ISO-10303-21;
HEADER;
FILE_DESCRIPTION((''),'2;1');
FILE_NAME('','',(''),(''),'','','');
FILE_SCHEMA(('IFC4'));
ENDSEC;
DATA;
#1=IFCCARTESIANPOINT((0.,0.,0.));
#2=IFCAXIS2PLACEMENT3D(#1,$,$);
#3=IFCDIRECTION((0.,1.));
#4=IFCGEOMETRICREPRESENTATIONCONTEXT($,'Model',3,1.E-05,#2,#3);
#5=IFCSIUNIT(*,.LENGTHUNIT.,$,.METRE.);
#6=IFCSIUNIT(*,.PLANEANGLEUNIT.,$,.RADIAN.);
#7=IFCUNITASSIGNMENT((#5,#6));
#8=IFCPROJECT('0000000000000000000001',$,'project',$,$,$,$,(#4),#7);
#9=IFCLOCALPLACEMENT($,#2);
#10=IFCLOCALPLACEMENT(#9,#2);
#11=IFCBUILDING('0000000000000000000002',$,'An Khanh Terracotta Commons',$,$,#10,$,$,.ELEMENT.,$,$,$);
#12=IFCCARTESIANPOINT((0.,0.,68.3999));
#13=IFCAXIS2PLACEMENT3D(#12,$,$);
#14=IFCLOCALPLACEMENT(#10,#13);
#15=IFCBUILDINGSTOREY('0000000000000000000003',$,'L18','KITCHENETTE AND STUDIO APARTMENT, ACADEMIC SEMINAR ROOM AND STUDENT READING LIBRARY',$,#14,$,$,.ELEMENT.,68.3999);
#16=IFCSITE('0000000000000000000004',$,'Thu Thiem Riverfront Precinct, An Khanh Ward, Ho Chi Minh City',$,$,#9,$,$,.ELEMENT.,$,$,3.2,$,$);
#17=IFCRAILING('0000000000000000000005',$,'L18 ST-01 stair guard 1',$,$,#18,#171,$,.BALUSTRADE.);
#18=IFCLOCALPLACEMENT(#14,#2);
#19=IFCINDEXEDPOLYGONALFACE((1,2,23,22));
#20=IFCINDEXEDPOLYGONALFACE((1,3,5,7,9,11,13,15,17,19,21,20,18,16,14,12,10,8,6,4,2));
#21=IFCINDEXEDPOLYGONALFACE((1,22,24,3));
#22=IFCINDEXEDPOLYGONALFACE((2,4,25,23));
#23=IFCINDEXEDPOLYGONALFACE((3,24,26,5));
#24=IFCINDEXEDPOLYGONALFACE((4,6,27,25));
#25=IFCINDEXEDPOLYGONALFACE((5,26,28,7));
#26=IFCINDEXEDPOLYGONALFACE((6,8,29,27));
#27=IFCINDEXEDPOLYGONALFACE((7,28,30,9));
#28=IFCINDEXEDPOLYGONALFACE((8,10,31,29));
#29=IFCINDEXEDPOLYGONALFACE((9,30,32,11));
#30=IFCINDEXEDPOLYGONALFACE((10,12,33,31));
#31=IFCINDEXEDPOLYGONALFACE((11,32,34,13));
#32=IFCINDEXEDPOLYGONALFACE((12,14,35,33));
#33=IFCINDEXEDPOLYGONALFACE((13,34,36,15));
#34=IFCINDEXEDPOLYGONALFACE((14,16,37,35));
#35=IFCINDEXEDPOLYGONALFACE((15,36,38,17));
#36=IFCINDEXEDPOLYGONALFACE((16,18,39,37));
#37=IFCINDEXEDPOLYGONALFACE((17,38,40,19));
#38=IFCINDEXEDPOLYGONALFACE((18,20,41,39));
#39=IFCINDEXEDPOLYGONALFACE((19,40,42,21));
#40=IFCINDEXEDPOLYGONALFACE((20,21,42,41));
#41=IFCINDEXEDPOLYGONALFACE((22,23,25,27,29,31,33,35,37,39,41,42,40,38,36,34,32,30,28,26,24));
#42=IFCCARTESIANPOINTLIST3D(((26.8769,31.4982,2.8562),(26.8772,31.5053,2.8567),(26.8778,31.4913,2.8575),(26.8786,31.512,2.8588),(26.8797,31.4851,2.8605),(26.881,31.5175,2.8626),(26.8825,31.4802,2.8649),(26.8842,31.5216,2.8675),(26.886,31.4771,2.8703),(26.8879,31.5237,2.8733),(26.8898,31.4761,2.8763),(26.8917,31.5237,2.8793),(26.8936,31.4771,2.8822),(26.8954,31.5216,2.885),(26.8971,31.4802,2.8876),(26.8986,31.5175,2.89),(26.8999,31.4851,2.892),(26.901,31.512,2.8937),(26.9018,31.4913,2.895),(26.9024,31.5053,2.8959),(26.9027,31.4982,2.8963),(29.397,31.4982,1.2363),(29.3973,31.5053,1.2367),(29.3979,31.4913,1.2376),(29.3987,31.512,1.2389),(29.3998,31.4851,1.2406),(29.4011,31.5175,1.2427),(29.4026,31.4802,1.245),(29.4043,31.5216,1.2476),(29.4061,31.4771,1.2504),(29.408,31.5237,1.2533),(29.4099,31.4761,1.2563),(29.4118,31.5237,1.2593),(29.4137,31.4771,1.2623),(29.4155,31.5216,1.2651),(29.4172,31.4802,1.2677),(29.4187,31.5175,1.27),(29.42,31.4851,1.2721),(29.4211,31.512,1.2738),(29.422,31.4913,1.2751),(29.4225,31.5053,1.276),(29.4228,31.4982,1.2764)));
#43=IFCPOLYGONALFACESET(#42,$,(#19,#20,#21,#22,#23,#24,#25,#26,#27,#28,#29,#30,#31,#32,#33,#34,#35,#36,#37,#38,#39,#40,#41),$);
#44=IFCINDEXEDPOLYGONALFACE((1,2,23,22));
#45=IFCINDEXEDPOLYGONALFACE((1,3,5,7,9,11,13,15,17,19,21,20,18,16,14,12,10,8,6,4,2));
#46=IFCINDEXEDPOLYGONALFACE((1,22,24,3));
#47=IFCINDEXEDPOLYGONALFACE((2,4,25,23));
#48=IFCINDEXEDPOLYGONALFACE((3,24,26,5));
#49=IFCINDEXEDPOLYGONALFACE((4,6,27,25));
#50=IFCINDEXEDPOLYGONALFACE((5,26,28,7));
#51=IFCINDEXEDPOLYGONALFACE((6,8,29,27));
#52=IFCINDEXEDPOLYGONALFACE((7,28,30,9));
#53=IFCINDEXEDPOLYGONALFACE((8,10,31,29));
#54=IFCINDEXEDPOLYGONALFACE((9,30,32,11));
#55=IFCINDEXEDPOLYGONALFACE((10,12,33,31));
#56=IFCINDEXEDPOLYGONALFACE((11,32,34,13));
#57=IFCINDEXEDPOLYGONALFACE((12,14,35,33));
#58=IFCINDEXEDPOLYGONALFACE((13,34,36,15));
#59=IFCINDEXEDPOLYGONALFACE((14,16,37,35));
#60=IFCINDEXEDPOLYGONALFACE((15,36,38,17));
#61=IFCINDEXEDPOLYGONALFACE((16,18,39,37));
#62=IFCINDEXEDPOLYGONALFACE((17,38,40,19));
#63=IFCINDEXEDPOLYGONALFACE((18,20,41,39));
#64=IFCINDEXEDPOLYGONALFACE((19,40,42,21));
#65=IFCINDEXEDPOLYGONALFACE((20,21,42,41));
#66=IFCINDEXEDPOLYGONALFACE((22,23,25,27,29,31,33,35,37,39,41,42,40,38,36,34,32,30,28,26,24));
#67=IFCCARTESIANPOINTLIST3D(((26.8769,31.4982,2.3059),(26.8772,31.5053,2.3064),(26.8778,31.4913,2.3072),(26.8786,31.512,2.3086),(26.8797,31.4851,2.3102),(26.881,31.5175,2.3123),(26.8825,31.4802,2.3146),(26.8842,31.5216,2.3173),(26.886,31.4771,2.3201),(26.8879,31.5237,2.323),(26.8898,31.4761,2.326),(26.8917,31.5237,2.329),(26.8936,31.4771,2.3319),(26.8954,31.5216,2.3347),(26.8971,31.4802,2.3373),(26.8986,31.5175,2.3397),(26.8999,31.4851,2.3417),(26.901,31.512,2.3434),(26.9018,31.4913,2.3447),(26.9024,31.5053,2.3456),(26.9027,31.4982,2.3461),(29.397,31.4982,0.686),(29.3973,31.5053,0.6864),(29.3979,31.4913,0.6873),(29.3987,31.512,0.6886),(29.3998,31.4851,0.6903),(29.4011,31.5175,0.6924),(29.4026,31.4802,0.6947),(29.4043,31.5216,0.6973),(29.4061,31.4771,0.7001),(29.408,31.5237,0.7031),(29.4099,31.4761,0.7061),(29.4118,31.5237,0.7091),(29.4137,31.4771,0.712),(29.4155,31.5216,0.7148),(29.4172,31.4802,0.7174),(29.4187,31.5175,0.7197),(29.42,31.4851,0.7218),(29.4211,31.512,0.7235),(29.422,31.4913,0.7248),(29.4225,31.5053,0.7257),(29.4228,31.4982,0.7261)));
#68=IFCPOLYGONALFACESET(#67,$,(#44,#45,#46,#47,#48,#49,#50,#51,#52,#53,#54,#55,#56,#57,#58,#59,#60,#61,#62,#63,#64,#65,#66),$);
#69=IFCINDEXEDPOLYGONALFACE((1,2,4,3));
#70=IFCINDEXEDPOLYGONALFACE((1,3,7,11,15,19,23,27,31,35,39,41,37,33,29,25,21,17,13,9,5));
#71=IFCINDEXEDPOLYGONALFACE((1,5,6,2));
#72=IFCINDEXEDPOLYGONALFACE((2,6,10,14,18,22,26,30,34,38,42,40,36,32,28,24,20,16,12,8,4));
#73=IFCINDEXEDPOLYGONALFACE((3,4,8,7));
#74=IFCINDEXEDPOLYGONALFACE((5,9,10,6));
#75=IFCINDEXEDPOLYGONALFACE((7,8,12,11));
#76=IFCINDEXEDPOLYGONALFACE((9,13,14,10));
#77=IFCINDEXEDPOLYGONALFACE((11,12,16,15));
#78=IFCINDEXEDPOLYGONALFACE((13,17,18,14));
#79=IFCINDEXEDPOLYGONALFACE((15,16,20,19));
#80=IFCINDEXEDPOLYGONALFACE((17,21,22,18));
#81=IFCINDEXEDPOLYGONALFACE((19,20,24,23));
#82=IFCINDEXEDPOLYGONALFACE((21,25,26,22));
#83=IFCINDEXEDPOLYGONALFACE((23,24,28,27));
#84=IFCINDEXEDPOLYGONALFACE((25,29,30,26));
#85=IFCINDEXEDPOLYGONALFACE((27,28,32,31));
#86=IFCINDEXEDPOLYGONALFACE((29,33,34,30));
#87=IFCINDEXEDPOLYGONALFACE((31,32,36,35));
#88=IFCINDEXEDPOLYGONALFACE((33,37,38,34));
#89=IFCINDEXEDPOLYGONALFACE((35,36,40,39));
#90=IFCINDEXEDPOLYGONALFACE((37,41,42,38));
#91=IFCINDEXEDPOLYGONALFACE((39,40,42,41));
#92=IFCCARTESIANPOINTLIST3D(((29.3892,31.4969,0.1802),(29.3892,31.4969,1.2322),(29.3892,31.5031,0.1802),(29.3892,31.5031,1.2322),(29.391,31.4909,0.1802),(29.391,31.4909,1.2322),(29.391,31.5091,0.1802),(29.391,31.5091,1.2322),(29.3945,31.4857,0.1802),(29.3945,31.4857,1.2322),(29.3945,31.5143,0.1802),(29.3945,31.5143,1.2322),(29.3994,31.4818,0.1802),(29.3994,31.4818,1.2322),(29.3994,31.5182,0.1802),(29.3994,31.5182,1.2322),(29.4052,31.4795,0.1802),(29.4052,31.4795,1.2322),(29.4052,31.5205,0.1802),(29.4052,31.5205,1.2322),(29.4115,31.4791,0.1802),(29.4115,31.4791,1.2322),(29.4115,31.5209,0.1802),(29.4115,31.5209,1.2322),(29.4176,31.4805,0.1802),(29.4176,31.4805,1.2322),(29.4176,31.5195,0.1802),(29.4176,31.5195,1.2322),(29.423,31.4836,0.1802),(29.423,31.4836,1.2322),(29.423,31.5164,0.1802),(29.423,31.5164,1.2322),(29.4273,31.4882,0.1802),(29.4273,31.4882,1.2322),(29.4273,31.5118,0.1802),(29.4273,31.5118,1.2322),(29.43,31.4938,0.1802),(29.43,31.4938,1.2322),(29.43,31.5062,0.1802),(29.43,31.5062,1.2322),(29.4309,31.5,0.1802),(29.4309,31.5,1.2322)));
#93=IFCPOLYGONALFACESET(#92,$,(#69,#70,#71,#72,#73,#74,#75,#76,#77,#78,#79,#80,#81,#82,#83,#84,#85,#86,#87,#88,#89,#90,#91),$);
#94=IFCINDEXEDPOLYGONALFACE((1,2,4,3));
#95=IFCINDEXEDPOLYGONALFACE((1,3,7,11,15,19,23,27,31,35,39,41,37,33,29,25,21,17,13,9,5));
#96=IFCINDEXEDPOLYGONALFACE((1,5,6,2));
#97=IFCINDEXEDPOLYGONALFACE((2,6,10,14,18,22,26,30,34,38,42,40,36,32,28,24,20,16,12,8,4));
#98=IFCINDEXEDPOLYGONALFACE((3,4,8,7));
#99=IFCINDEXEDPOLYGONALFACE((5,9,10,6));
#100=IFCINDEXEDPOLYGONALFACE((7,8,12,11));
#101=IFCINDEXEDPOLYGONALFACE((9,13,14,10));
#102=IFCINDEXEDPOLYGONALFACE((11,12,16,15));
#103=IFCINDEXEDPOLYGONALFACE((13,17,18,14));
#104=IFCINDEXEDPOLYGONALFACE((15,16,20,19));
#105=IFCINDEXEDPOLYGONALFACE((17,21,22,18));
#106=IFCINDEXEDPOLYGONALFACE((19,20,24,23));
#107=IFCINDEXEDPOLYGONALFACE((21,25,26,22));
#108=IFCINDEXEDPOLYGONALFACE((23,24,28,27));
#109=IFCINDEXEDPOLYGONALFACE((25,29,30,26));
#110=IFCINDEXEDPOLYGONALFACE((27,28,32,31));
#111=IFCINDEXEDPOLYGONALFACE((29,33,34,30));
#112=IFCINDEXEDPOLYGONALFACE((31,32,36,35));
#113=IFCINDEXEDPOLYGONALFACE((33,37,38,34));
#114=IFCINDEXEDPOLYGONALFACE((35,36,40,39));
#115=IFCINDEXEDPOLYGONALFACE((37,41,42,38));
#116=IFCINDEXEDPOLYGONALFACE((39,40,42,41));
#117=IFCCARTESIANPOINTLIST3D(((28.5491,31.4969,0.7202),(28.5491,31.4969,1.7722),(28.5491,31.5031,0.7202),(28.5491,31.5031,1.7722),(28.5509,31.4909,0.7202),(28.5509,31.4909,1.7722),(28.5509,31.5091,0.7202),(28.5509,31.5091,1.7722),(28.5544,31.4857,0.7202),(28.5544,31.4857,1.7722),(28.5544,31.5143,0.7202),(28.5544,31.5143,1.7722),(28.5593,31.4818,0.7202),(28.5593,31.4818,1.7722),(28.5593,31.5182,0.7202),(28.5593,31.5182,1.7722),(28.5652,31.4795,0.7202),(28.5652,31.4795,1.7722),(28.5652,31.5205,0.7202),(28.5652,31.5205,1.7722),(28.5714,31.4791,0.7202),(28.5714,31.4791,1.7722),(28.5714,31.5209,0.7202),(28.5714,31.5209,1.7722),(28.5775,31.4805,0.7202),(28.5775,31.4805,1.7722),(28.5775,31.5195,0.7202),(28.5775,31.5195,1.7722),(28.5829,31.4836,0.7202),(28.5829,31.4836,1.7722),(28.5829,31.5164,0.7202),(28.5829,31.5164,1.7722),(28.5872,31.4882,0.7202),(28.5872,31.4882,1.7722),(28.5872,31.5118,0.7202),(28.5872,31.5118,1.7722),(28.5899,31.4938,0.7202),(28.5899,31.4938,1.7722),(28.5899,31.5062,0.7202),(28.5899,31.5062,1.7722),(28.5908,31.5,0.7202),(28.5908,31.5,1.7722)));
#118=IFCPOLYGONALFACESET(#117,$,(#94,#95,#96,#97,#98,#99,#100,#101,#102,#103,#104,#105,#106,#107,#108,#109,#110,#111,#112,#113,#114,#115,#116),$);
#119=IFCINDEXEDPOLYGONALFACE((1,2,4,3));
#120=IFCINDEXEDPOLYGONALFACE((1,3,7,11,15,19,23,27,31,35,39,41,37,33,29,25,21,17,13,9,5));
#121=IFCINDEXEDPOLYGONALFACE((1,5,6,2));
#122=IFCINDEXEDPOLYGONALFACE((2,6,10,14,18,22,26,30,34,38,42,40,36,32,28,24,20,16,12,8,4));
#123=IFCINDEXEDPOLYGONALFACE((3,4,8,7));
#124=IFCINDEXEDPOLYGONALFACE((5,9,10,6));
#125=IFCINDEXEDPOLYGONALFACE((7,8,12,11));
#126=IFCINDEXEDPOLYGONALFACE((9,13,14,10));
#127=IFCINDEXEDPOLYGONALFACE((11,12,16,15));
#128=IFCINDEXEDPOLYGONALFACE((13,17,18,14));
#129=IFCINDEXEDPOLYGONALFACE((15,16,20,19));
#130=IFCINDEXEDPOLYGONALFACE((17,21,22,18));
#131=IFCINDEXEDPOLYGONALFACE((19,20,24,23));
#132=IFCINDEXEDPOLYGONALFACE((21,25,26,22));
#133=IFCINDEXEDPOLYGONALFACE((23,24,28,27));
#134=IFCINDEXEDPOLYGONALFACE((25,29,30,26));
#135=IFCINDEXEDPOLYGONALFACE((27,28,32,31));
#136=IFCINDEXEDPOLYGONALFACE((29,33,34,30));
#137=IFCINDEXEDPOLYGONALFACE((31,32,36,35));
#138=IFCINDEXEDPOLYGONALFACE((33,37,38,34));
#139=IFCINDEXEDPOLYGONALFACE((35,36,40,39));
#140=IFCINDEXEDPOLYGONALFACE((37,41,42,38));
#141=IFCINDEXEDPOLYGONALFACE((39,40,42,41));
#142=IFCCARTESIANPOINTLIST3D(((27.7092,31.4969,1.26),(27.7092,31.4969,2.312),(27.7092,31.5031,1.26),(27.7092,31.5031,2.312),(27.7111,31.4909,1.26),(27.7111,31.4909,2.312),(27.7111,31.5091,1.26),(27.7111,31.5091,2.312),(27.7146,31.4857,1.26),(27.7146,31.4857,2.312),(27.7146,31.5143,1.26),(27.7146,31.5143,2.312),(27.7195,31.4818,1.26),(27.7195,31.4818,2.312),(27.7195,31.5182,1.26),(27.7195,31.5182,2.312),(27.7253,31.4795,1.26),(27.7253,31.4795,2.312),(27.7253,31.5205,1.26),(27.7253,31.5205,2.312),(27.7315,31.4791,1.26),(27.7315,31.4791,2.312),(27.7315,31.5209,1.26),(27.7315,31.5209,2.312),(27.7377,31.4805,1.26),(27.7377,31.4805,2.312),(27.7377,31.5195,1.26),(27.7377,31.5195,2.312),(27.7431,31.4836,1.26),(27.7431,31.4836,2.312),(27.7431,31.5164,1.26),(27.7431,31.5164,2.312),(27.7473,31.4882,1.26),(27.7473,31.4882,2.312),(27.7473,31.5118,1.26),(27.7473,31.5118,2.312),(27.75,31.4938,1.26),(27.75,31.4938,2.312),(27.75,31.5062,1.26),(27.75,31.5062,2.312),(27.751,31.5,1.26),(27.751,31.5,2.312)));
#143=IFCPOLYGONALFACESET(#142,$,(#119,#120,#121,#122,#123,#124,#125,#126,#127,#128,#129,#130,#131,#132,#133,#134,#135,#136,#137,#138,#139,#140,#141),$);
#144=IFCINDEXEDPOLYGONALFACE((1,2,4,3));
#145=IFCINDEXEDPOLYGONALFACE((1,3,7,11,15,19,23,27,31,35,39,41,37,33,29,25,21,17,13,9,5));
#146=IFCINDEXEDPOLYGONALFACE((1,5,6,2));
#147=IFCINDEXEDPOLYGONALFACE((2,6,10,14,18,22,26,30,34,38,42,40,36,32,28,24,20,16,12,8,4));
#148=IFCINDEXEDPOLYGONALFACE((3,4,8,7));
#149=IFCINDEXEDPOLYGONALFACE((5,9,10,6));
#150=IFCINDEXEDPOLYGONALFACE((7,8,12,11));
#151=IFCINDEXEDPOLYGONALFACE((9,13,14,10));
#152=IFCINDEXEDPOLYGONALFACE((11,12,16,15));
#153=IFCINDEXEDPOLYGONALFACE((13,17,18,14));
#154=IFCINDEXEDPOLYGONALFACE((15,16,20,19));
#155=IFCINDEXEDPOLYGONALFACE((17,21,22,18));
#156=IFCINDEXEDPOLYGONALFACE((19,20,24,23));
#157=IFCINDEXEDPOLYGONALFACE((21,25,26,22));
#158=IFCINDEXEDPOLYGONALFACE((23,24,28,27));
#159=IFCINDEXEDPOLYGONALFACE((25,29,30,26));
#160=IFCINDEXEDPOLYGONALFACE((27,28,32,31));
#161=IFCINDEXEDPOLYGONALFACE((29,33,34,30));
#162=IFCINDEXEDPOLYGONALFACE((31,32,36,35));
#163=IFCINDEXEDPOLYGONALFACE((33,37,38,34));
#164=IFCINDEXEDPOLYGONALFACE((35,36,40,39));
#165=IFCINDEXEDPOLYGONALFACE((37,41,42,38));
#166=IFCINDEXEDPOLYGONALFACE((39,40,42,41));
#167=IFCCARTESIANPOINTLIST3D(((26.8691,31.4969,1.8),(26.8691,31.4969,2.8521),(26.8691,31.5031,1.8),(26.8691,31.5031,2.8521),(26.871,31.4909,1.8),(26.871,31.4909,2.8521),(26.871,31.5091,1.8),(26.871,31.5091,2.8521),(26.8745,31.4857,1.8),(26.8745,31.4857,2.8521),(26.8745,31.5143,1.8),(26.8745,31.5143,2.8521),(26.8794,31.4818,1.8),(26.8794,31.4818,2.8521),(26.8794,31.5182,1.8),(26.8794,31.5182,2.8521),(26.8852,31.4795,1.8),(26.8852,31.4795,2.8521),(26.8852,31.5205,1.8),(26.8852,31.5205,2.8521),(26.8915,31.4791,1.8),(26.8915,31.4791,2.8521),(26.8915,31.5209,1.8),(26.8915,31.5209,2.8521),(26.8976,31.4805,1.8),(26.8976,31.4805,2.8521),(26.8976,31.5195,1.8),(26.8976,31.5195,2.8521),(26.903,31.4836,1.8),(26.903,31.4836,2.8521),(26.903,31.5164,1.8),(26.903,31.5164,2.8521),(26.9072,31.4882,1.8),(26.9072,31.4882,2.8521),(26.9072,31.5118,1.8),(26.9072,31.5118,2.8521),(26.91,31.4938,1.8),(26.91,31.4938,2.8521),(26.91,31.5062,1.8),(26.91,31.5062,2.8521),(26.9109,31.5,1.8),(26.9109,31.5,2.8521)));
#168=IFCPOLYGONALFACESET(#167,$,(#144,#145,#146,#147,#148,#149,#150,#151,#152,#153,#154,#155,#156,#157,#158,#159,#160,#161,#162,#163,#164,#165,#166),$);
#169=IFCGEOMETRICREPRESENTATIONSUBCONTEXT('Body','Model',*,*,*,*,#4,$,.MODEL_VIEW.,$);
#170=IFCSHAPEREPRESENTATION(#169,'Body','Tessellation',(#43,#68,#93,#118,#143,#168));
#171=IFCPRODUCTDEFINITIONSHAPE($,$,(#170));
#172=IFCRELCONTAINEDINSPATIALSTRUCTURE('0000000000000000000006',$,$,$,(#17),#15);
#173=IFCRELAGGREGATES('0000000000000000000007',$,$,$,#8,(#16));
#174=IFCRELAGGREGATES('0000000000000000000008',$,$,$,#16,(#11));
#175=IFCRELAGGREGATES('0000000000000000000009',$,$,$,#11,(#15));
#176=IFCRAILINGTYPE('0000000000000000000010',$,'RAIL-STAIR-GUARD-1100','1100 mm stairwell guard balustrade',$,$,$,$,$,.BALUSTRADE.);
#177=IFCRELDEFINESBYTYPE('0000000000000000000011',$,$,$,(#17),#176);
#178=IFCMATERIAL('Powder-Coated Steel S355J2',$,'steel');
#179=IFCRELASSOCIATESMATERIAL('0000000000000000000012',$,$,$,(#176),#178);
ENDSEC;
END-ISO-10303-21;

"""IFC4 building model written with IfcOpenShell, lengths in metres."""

from ifc_helpers import new_model, si_unit, direction, frame, origin, origin_2d, place, context, subcontext, project, spatial, circle, extrude, material, type_object, element, save


model = new_model("IFC4")

# Units and contexts
model_context = context("Model", 3, precision=1e-05, world=origin(), true_north=direction((0.0, 1.0)))
body_context = subcontext(model_context, "Body", "Model", "MODEL_VIEW")
ifc_project = project(units=[si_unit("LENGTHUNIT", "METRE"), si_unit("PLANEANGLEUNIT", "RADIAN")], contexts=[model_context])

# Site, building, storey
site_placement = place(None, origin())
site = spatial("IfcSite", under=ifc_project, at=site_placement, Name="Thu Thiem Riverfront Precinct, An Khanh Ward, Ho Chi Minh City", CompositionType="ELEMENT", RefElevation=3.2)
building_placement = place(site_placement, origin())
building = spatial("IfcBuilding", under=site, at=building_placement, Name="An Khanh Terracotta Commons", CompositionType="ELEMENT")
storey_placement = place(building_placement, frame((0.0, 0.0, 68.3999)))
storey = spatial("IfcBuildingStorey", under=building, at=storey_placement, Name="L18", Description="KITCHENETTE AND STUDIO APARTMENT, ACADEMIC SEMINAR ROOM AND STUDENT READING LIBRARY", CompositionType="ELEMENT", Elevation=68.3999)

# Railing
ifc_material_1 = material(Name="Powder-Coated Steel S355J2", Category="steel")
railing_type_1 = type_object("IfcRailingType", Name="RAIL-STAIR-GUARD-1100", Description="1100 mm stairwell guard balustrade", PredefinedType="BALUSTRADE", material=ifc_material_1)
railing_1_placement = place(storey_placement, frame((29.4099, 31.5, 0.1802)))
element("IfcRailing", 1, at=railing_1_placement, inside=storey, type_object=railing_type_1, Name="L18 ST-01 stair guard 1", PredefinedType="BALUSTRADE", context=body_context, shape_type="SweptSolid", body=[
    extrude(circle(Radius=0.0239, at=origin_2d()), frame((0.0, 0.0, 1.0762), z_axis=(-0.8412, 0.0, 0.540725), x_axis=(0.0, -1.0, 0.0)), (0.0, 0.0, 1.0), 2.9958),
    extrude(circle(Radius=0.0239, at=origin_2d()), frame((0.0, 0.0, 0.5259), z_axis=(-0.8412, 0.0, 0.540725), x_axis=(0.0, -1.0, 0.0)), (0.0, 0.0, 1.0), 2.9958),
    extrude(circle(Radius=0.021, at=origin_2d()), origin(), (0.0, 0.0, 1.0), 1.052),
    extrude(circle(Radius=0.021, at=origin_2d()), frame((-0.8401, 0.0, 0.54)), (0.0, 0.0, 1.0), 1.052),
    extrude(circle(Radius=0.021, at=origin_2d()), frame((-1.6799, 0.0, 1.0798)), (0.0, 0.0, 1.0), 1.052),
    extrude(circle(Radius=0.021, at=origin_2d()), frame((-2.52, 0.0, 1.6199)), (0.0, 0.0, 1.0), 1.052),
])

save(model, "model.ifc")
